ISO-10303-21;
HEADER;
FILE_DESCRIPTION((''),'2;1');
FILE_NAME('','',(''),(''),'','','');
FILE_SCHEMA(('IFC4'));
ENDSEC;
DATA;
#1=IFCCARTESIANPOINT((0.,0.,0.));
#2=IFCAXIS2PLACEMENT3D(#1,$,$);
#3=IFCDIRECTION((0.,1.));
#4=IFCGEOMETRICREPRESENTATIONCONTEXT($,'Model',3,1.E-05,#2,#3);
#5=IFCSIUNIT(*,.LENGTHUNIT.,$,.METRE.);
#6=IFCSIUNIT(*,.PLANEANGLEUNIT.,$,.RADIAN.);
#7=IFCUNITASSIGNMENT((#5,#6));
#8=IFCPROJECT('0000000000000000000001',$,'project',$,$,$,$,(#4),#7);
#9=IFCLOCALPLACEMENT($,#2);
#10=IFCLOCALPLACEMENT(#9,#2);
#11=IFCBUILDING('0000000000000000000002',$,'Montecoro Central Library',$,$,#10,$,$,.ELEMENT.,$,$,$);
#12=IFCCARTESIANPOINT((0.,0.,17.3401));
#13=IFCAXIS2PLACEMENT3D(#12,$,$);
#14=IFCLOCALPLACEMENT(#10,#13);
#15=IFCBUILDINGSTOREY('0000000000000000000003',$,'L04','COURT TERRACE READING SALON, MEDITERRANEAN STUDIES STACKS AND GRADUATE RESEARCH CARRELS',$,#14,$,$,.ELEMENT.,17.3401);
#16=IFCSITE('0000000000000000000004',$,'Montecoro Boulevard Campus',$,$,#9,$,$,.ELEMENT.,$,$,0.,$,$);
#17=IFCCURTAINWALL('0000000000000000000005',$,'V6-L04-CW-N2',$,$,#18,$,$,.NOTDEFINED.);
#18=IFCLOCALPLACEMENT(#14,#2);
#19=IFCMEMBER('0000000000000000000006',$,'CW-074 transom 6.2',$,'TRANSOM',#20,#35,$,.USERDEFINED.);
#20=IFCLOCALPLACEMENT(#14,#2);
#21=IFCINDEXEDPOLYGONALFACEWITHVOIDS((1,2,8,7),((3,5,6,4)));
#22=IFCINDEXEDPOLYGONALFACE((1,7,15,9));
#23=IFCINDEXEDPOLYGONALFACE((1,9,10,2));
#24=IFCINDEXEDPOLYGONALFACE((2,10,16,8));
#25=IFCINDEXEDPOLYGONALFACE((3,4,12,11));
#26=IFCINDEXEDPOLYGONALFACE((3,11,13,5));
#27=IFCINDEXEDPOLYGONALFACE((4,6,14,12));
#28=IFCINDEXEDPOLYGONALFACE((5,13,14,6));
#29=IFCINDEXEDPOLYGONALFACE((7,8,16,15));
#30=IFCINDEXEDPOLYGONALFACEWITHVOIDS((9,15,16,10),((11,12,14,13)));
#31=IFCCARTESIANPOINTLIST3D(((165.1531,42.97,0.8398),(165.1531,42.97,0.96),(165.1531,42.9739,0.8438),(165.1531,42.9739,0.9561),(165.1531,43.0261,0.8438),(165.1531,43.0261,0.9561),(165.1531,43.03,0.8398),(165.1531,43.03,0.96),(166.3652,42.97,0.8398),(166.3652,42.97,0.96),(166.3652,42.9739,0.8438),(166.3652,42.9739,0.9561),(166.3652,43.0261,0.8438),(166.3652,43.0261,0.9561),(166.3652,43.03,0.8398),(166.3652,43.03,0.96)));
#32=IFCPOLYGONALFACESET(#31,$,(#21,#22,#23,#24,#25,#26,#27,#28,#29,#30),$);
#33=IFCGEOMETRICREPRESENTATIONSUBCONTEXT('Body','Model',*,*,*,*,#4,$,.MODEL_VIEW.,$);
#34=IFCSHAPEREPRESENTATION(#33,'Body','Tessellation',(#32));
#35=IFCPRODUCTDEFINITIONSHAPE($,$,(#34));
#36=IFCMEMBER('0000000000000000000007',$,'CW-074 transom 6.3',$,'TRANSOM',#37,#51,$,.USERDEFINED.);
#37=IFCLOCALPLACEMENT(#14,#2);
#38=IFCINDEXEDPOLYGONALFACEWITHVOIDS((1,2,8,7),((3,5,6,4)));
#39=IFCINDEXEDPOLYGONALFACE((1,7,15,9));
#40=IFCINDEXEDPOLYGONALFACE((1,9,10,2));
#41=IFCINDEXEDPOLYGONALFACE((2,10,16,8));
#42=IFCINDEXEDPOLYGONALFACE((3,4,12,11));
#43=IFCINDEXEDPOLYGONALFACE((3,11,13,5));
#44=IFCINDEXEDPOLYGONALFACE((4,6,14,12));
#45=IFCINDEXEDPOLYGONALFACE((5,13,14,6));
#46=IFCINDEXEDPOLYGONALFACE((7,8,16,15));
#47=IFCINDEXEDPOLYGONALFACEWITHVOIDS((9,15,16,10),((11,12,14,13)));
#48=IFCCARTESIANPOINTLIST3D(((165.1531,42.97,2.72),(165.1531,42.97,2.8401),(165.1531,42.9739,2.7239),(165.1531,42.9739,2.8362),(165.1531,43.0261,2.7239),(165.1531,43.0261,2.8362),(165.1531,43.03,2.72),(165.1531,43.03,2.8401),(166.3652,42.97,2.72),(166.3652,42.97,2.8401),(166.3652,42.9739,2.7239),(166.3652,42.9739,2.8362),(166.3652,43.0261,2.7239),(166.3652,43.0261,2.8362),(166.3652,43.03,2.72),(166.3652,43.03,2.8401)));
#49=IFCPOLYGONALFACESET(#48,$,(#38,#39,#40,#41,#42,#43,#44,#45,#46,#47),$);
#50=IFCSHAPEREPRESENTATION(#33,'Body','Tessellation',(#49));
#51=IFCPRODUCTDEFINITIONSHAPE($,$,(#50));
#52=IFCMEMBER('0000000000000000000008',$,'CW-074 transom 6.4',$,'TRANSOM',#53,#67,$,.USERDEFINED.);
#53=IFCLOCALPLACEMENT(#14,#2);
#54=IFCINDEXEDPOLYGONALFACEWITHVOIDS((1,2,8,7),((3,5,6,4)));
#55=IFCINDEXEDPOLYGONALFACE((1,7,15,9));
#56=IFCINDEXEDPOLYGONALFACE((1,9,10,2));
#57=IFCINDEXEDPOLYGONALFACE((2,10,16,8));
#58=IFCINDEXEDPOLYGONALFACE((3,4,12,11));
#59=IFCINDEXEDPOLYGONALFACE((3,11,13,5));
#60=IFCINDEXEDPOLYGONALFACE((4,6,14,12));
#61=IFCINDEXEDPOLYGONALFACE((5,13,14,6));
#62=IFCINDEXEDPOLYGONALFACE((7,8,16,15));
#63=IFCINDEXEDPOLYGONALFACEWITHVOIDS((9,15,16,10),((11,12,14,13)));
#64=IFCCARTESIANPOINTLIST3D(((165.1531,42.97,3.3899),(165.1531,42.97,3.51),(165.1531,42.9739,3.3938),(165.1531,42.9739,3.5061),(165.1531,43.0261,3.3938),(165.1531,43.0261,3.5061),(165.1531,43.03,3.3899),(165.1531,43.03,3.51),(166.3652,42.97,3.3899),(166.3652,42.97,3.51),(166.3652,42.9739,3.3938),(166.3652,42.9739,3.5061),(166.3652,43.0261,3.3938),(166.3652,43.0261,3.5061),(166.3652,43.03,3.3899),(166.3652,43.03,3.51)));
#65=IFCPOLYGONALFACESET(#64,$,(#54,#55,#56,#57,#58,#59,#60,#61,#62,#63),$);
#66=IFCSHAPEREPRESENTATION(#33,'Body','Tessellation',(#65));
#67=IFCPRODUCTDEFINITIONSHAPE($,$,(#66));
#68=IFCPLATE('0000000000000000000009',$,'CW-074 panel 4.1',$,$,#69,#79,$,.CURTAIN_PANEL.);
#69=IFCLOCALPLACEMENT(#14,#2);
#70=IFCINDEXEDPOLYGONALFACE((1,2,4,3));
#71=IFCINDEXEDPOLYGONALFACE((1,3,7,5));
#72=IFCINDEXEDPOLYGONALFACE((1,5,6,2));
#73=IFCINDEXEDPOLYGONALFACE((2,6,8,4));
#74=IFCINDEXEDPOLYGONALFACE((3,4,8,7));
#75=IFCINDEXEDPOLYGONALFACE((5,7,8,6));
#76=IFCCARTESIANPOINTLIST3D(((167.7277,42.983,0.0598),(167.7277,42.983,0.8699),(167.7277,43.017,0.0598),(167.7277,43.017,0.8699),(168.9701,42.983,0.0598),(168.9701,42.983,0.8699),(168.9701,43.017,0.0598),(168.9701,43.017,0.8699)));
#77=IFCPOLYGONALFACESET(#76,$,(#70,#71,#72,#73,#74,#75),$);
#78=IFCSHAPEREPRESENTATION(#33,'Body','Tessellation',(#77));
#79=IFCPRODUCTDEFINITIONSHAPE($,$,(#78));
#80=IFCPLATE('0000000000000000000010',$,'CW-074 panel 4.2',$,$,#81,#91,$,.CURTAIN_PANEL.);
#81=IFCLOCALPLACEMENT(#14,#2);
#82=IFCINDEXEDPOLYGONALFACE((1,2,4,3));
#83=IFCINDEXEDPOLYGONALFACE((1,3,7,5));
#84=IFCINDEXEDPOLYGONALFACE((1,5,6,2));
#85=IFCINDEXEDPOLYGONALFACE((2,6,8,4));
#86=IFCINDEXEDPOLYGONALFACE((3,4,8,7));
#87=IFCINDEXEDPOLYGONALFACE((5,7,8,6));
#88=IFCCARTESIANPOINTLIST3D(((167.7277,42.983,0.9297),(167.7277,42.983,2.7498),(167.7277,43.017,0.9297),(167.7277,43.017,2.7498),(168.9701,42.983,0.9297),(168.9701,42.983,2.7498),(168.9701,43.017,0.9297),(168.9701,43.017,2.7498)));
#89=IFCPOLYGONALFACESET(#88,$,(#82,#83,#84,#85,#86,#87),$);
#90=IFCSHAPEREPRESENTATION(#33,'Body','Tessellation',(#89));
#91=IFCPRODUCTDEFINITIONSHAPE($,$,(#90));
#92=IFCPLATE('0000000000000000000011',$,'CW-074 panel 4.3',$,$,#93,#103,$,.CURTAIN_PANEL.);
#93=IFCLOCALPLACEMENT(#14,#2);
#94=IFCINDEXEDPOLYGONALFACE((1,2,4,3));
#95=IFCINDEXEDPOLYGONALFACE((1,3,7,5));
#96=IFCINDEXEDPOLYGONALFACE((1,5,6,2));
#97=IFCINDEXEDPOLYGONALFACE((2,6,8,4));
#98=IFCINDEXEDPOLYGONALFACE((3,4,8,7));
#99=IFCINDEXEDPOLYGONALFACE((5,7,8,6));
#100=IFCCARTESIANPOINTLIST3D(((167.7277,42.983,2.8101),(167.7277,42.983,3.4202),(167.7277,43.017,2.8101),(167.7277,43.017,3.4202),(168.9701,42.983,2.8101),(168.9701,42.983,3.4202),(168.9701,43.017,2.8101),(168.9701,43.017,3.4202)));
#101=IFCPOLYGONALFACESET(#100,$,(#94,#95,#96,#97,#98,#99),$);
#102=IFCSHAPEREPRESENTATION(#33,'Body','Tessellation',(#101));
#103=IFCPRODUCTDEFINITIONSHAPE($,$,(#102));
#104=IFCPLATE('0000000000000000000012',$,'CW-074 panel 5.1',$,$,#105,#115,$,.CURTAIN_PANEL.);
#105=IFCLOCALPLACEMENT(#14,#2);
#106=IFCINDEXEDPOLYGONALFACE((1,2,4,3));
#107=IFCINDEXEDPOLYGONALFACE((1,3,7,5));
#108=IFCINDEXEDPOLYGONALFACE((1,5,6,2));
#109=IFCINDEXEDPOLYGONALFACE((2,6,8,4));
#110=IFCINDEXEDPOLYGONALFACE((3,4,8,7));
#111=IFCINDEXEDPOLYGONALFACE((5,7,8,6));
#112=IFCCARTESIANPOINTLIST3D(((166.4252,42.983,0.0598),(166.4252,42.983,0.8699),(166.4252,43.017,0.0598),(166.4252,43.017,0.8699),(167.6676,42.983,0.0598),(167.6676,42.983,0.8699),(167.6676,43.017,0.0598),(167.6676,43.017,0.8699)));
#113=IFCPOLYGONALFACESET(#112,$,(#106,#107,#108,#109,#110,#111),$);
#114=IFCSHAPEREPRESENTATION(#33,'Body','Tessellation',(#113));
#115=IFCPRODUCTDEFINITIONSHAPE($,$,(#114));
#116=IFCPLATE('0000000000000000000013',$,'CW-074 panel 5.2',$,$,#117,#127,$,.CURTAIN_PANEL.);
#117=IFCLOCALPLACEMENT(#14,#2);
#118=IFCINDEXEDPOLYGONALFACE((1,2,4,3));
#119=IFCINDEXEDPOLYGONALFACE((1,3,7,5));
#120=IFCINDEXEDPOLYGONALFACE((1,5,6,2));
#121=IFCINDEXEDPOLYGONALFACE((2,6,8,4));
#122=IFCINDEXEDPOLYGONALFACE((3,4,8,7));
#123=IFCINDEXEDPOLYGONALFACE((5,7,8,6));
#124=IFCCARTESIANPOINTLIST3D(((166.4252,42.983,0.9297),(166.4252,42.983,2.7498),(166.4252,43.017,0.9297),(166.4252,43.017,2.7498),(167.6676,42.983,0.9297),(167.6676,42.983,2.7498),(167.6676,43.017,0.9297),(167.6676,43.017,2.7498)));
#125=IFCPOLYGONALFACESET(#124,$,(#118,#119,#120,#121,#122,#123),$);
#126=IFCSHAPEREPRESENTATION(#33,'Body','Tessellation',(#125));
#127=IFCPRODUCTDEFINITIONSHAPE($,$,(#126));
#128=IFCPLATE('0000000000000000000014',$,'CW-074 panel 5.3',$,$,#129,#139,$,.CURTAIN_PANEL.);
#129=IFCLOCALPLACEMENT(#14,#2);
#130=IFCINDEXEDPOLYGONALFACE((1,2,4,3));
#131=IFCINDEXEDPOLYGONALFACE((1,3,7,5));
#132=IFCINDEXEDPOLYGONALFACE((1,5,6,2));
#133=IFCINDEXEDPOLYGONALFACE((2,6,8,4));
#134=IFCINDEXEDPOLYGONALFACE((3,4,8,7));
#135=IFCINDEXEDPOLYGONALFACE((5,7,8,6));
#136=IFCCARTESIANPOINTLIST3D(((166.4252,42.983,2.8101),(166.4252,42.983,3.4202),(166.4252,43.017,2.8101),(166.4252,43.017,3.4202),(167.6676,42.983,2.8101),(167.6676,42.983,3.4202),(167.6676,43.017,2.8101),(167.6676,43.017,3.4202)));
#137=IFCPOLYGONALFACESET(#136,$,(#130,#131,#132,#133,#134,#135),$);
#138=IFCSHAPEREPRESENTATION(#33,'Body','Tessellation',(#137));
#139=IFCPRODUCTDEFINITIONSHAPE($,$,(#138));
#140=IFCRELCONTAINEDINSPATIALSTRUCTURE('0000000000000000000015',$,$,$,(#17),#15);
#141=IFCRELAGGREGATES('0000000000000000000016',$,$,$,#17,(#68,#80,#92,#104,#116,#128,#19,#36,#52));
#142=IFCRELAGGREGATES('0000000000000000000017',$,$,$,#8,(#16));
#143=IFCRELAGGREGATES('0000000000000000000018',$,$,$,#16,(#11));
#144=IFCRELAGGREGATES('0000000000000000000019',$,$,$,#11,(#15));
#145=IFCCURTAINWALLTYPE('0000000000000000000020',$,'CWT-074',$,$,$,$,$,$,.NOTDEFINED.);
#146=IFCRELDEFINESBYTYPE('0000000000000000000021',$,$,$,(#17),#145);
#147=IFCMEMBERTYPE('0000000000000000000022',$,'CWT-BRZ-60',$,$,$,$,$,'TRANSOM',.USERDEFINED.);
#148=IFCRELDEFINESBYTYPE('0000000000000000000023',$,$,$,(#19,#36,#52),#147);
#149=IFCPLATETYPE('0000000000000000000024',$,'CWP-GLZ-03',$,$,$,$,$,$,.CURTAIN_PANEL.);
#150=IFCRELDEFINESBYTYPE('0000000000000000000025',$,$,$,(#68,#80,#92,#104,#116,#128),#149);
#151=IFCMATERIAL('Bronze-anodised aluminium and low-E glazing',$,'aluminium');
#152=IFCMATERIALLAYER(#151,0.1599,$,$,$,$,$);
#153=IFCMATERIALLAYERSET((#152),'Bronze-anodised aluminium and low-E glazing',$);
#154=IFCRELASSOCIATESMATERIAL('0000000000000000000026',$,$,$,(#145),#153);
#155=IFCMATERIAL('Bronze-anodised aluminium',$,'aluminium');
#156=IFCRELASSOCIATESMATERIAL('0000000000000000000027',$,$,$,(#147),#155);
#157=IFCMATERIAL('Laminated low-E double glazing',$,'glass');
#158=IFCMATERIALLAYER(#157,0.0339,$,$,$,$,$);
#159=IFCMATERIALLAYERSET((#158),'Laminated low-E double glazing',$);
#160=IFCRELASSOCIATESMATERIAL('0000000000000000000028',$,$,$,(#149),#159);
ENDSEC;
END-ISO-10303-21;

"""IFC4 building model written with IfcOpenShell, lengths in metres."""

from ifc_helpers import new_model, si_unit, direction, frame, origin, origin_2d, place, context, subcontext, project, spatial, rectangle, hollow_rectangle, extrude, material, layer, layer_set, material_profile, profile_set, type_object, element, aggregate, save


model = new_model("IFC4")

# Units and contexts
model_context = context("Model", 3, precision=1e-05, world=origin(), true_north=direction((0.0, 1.0)))
body_context = subcontext(model_context, "Body", "Model", "MODEL_VIEW")
ifc_project = project(units=[si_unit("LENGTHUNIT", "METRE"), si_unit("PLANEANGLEUNIT", "RADIAN")], contexts=[model_context])

# Site, building, storey
site_placement = place(None, origin())
site = spatial("IfcSite", under=ifc_project, at=site_placement, Name="Montecoro Boulevard Campus", CompositionType="ELEMENT", RefElevation=0.0)
building_placement = place(site_placement, origin())
building = spatial("IfcBuilding", under=site, at=building_placement, Name="Montecoro Central Library", CompositionType="ELEMENT")
storey_placement = place(building_placement, frame((0.0, 0.0, 17.3401)))
storey = spatial("IfcBuildingStorey", under=building, at=storey_placement, Name="L04", Description="COURT TERRACE READING SALON, MEDITERRANEAN STUDIES STACKS AND GRADUATE RESEARCH CARRELS", CompositionType="ELEMENT", Elevation=17.3401)

# Curtain wall, members, plates
ifc_material_1 = material(Name="Bronze-anodised aluminium and low-E glazing", Category="aluminium")
ifc_layer_1 = layer(ifc_material_1, 0.1599)
ifc_layer_set_1 = layer_set([ifc_layer_1], Name="Bronze-anodised aluminium and low-E glazing")
curtain_wall_type = type_object("IfcCurtainWallType", Name="CWT-074", PredefinedType="NOTDEFINED", material=ifc_layer_set_1)
curtain_wall_placement = place(storey_placement, origin())
curtain_wall = element("IfcCurtainWall", 1, at=curtain_wall_placement, inside=storey, type_object=curtain_wall_type, Name="V6-L04-CW-N2", PredefinedType="NOTDEFINED")
ifc_material_2 = material(Name="Bronze-anodised aluminium", Category="aluminium")
ifc_material_profile_1 = material_profile(ifc_material_2, hollow_rectangle(XDim=0.0601, YDim=0.1201, WallThickness=0.0039, at=origin_2d()), Name="CWT 120x60x4.0")
ifc_profile_set_1 = profile_set([ifc_material_profile_1], Name="Bronze-anodised aluminium")
member_type_1 = type_object("IfcMemberType", Name="CWT-BRZ-60", ElementType="TRANSOM", PredefinedType="USERDEFINED", material=ifc_profile_set_1)
member_1_placement = place(storey_placement, frame((166.3652, 43.0, 0.8999), z_axis=(-1.0, 0.0, 0.0), x_axis=(0.0, -1.0, 0.0)))
member_1 = element("IfcMember", 2, at=member_1_placement, type_object=member_type_1, Name="CW-074 transom 6.2", ObjectType="TRANSOM", PredefinedType="USERDEFINED", context=body_context, shape_type="SweptSolid", body=[
    extrude(hollow_rectangle(XDim=0.0601, YDim=0.1201, WallThickness=0.0039, at=origin_2d()), origin(), (0.0, 0.0, 1.0), 1.2122),
])
member_2_placement = place(storey_placement, frame((166.3652, 43.0, 2.78), z_axis=(-1.0, 0.0, 0.0), x_axis=(0.0, -1.0, 0.0)))
member_2 = element("IfcMember", 3, at=member_2_placement, type_object=member_type_1, Name="CW-074 transom 6.3", ObjectType="TRANSOM", PredefinedType="USERDEFINED", context=body_context, shape_type="SweptSolid", body=[
    extrude(hollow_rectangle(XDim=0.0601, YDim=0.1201, WallThickness=0.0039, at=origin_2d()), origin(), (0.0, 0.0, 1.0), 1.2122),
])
member_3_placement = place(storey_placement, frame((166.3652, 43.0, 3.45), z_axis=(-1.0, 0.0, 0.0), x_axis=(0.0, -1.0, 0.0)))
member_3 = element("IfcMember", 4, at=member_3_placement, type_object=member_type_1, Name="CW-074 transom 6.4", ObjectType="TRANSOM", PredefinedType="USERDEFINED", context=body_context, shape_type="SweptSolid", body=[
    extrude(hollow_rectangle(XDim=0.0601, YDim=0.1201, WallThickness=0.0039, at=origin_2d()), origin(), (0.0, 0.0, 1.0), 1.2122),
])
ifc_material_3 = material(Name="Laminated low-E double glazing", Category="glass")
ifc_layer_2 = layer(ifc_material_3, 0.0339)
ifc_layer_set_2 = layer_set([ifc_layer_2], Name="Laminated low-E double glazing")
plate_type = type_object("IfcPlateType", Name="CWP-GLZ-03", PredefinedType="CURTAIN_PANEL", material=ifc_layer_set_2)
plate_1_placement = place(storey_placement, frame((168.3489, 43.0, 0.0598), z_axis=(0.0, 0.0, 1.0), x_axis=(-1.0, 0.0, 0.0)))
plate_1 = element("IfcPlate", 5, at=plate_1_placement, type_object=plate_type, Name="CW-074 panel 4.1", PredefinedType="CURTAIN_PANEL", context=body_context, shape_type="SweptSolid", body=[
    extrude(rectangle(XDim=1.2424, YDim=0.0339, at=origin_2d()), origin(), (0.0, 0.0, 1.0), 0.8101),
])
plate_2_placement = place(storey_placement, frame((168.3489, 43.0, 0.9297), z_axis=(0.0, 0.0, 1.0), x_axis=(-1.0, 0.0, 0.0)))
plate_2 = element("IfcPlate", 6, at=plate_2_placement, type_object=plate_type, Name="CW-074 panel 4.2", PredefinedType="CURTAIN_PANEL", context=body_context, shape_type="SweptSolid", body=[
    extrude(rectangle(XDim=1.2424, YDim=0.0339, at=origin_2d()), origin(), (0.0, 0.0, 1.0), 1.8201),
])
plate_3_placement = place(storey_placement, frame((168.3489, 43.0, 2.8101), z_axis=(0.0, 0.0, 1.0), x_axis=(-1.0, 0.0, 0.0)))
plate_3 = element("IfcPlate", 7, at=plate_3_placement, type_object=plate_type, Name="CW-074 panel 4.3", PredefinedType="CURTAIN_PANEL", context=body_context, shape_type="SweptSolid", body=[
    extrude(rectangle(XDim=1.2424, YDim=0.0339, at=origin_2d()), origin(), (0.0, 0.0, 1.0), 0.6101),
])
plate_4_placement = place(storey_placement, frame((167.0464, 43.0, 0.0598), z_axis=(0.0, 0.0, 1.0), x_axis=(-1.0, 0.0, 0.0)))
plate_4 = element("IfcPlate", 8, at=plate_4_placement, type_object=plate_type, Name="CW-074 panel 5.1", PredefinedType="CURTAIN_PANEL", context=body_context, shape_type="SweptSolid", body=[
    extrude(rectangle(XDim=1.2424, YDim=0.0339, at=origin_2d()), origin(), (0.0, 0.0, 1.0), 0.8101),
])
plate_5_placement = place(storey_placement, frame((167.0464, 43.0, 0.9297), z_axis=(0.0, 0.0, 1.0), x_axis=(-1.0, 0.0, 0.0)))
plate_5 = element("IfcPlate", 9, at=plate_5_placement, type_object=plate_type, Name="CW-074 panel 5.2", PredefinedType="CURTAIN_PANEL", context=body_context, shape_type="SweptSolid", body=[
    extrude(rectangle(XDim=1.2424, YDim=0.0339, at=origin_2d()), origin(), (0.0, 0.0, 1.0), 1.8201),
])
plate_6_placement = place(storey_placement, frame((167.0464, 43.0, 2.8101), z_axis=(0.0, 0.0, 1.0), x_axis=(-1.0, 0.0, 0.0)))
plate_6 = element("IfcPlate", 10, at=plate_6_placement, type_object=plate_type, Name="CW-074 panel 5.3", PredefinedType="CURTAIN_PANEL", context=body_context, shape_type="SweptSolid", body=[
    extrude(rectangle(XDim=1.2424, YDim=0.0339, at=origin_2d()), origin(), (0.0, 0.0, 1.0), 0.6101),
])
aggregate(curtain_wall, [plate_1, plate_2, plate_3, plate_4, plate_5, plate_6, member_1, member_2, member_3])

save(model, "model.ifc")
